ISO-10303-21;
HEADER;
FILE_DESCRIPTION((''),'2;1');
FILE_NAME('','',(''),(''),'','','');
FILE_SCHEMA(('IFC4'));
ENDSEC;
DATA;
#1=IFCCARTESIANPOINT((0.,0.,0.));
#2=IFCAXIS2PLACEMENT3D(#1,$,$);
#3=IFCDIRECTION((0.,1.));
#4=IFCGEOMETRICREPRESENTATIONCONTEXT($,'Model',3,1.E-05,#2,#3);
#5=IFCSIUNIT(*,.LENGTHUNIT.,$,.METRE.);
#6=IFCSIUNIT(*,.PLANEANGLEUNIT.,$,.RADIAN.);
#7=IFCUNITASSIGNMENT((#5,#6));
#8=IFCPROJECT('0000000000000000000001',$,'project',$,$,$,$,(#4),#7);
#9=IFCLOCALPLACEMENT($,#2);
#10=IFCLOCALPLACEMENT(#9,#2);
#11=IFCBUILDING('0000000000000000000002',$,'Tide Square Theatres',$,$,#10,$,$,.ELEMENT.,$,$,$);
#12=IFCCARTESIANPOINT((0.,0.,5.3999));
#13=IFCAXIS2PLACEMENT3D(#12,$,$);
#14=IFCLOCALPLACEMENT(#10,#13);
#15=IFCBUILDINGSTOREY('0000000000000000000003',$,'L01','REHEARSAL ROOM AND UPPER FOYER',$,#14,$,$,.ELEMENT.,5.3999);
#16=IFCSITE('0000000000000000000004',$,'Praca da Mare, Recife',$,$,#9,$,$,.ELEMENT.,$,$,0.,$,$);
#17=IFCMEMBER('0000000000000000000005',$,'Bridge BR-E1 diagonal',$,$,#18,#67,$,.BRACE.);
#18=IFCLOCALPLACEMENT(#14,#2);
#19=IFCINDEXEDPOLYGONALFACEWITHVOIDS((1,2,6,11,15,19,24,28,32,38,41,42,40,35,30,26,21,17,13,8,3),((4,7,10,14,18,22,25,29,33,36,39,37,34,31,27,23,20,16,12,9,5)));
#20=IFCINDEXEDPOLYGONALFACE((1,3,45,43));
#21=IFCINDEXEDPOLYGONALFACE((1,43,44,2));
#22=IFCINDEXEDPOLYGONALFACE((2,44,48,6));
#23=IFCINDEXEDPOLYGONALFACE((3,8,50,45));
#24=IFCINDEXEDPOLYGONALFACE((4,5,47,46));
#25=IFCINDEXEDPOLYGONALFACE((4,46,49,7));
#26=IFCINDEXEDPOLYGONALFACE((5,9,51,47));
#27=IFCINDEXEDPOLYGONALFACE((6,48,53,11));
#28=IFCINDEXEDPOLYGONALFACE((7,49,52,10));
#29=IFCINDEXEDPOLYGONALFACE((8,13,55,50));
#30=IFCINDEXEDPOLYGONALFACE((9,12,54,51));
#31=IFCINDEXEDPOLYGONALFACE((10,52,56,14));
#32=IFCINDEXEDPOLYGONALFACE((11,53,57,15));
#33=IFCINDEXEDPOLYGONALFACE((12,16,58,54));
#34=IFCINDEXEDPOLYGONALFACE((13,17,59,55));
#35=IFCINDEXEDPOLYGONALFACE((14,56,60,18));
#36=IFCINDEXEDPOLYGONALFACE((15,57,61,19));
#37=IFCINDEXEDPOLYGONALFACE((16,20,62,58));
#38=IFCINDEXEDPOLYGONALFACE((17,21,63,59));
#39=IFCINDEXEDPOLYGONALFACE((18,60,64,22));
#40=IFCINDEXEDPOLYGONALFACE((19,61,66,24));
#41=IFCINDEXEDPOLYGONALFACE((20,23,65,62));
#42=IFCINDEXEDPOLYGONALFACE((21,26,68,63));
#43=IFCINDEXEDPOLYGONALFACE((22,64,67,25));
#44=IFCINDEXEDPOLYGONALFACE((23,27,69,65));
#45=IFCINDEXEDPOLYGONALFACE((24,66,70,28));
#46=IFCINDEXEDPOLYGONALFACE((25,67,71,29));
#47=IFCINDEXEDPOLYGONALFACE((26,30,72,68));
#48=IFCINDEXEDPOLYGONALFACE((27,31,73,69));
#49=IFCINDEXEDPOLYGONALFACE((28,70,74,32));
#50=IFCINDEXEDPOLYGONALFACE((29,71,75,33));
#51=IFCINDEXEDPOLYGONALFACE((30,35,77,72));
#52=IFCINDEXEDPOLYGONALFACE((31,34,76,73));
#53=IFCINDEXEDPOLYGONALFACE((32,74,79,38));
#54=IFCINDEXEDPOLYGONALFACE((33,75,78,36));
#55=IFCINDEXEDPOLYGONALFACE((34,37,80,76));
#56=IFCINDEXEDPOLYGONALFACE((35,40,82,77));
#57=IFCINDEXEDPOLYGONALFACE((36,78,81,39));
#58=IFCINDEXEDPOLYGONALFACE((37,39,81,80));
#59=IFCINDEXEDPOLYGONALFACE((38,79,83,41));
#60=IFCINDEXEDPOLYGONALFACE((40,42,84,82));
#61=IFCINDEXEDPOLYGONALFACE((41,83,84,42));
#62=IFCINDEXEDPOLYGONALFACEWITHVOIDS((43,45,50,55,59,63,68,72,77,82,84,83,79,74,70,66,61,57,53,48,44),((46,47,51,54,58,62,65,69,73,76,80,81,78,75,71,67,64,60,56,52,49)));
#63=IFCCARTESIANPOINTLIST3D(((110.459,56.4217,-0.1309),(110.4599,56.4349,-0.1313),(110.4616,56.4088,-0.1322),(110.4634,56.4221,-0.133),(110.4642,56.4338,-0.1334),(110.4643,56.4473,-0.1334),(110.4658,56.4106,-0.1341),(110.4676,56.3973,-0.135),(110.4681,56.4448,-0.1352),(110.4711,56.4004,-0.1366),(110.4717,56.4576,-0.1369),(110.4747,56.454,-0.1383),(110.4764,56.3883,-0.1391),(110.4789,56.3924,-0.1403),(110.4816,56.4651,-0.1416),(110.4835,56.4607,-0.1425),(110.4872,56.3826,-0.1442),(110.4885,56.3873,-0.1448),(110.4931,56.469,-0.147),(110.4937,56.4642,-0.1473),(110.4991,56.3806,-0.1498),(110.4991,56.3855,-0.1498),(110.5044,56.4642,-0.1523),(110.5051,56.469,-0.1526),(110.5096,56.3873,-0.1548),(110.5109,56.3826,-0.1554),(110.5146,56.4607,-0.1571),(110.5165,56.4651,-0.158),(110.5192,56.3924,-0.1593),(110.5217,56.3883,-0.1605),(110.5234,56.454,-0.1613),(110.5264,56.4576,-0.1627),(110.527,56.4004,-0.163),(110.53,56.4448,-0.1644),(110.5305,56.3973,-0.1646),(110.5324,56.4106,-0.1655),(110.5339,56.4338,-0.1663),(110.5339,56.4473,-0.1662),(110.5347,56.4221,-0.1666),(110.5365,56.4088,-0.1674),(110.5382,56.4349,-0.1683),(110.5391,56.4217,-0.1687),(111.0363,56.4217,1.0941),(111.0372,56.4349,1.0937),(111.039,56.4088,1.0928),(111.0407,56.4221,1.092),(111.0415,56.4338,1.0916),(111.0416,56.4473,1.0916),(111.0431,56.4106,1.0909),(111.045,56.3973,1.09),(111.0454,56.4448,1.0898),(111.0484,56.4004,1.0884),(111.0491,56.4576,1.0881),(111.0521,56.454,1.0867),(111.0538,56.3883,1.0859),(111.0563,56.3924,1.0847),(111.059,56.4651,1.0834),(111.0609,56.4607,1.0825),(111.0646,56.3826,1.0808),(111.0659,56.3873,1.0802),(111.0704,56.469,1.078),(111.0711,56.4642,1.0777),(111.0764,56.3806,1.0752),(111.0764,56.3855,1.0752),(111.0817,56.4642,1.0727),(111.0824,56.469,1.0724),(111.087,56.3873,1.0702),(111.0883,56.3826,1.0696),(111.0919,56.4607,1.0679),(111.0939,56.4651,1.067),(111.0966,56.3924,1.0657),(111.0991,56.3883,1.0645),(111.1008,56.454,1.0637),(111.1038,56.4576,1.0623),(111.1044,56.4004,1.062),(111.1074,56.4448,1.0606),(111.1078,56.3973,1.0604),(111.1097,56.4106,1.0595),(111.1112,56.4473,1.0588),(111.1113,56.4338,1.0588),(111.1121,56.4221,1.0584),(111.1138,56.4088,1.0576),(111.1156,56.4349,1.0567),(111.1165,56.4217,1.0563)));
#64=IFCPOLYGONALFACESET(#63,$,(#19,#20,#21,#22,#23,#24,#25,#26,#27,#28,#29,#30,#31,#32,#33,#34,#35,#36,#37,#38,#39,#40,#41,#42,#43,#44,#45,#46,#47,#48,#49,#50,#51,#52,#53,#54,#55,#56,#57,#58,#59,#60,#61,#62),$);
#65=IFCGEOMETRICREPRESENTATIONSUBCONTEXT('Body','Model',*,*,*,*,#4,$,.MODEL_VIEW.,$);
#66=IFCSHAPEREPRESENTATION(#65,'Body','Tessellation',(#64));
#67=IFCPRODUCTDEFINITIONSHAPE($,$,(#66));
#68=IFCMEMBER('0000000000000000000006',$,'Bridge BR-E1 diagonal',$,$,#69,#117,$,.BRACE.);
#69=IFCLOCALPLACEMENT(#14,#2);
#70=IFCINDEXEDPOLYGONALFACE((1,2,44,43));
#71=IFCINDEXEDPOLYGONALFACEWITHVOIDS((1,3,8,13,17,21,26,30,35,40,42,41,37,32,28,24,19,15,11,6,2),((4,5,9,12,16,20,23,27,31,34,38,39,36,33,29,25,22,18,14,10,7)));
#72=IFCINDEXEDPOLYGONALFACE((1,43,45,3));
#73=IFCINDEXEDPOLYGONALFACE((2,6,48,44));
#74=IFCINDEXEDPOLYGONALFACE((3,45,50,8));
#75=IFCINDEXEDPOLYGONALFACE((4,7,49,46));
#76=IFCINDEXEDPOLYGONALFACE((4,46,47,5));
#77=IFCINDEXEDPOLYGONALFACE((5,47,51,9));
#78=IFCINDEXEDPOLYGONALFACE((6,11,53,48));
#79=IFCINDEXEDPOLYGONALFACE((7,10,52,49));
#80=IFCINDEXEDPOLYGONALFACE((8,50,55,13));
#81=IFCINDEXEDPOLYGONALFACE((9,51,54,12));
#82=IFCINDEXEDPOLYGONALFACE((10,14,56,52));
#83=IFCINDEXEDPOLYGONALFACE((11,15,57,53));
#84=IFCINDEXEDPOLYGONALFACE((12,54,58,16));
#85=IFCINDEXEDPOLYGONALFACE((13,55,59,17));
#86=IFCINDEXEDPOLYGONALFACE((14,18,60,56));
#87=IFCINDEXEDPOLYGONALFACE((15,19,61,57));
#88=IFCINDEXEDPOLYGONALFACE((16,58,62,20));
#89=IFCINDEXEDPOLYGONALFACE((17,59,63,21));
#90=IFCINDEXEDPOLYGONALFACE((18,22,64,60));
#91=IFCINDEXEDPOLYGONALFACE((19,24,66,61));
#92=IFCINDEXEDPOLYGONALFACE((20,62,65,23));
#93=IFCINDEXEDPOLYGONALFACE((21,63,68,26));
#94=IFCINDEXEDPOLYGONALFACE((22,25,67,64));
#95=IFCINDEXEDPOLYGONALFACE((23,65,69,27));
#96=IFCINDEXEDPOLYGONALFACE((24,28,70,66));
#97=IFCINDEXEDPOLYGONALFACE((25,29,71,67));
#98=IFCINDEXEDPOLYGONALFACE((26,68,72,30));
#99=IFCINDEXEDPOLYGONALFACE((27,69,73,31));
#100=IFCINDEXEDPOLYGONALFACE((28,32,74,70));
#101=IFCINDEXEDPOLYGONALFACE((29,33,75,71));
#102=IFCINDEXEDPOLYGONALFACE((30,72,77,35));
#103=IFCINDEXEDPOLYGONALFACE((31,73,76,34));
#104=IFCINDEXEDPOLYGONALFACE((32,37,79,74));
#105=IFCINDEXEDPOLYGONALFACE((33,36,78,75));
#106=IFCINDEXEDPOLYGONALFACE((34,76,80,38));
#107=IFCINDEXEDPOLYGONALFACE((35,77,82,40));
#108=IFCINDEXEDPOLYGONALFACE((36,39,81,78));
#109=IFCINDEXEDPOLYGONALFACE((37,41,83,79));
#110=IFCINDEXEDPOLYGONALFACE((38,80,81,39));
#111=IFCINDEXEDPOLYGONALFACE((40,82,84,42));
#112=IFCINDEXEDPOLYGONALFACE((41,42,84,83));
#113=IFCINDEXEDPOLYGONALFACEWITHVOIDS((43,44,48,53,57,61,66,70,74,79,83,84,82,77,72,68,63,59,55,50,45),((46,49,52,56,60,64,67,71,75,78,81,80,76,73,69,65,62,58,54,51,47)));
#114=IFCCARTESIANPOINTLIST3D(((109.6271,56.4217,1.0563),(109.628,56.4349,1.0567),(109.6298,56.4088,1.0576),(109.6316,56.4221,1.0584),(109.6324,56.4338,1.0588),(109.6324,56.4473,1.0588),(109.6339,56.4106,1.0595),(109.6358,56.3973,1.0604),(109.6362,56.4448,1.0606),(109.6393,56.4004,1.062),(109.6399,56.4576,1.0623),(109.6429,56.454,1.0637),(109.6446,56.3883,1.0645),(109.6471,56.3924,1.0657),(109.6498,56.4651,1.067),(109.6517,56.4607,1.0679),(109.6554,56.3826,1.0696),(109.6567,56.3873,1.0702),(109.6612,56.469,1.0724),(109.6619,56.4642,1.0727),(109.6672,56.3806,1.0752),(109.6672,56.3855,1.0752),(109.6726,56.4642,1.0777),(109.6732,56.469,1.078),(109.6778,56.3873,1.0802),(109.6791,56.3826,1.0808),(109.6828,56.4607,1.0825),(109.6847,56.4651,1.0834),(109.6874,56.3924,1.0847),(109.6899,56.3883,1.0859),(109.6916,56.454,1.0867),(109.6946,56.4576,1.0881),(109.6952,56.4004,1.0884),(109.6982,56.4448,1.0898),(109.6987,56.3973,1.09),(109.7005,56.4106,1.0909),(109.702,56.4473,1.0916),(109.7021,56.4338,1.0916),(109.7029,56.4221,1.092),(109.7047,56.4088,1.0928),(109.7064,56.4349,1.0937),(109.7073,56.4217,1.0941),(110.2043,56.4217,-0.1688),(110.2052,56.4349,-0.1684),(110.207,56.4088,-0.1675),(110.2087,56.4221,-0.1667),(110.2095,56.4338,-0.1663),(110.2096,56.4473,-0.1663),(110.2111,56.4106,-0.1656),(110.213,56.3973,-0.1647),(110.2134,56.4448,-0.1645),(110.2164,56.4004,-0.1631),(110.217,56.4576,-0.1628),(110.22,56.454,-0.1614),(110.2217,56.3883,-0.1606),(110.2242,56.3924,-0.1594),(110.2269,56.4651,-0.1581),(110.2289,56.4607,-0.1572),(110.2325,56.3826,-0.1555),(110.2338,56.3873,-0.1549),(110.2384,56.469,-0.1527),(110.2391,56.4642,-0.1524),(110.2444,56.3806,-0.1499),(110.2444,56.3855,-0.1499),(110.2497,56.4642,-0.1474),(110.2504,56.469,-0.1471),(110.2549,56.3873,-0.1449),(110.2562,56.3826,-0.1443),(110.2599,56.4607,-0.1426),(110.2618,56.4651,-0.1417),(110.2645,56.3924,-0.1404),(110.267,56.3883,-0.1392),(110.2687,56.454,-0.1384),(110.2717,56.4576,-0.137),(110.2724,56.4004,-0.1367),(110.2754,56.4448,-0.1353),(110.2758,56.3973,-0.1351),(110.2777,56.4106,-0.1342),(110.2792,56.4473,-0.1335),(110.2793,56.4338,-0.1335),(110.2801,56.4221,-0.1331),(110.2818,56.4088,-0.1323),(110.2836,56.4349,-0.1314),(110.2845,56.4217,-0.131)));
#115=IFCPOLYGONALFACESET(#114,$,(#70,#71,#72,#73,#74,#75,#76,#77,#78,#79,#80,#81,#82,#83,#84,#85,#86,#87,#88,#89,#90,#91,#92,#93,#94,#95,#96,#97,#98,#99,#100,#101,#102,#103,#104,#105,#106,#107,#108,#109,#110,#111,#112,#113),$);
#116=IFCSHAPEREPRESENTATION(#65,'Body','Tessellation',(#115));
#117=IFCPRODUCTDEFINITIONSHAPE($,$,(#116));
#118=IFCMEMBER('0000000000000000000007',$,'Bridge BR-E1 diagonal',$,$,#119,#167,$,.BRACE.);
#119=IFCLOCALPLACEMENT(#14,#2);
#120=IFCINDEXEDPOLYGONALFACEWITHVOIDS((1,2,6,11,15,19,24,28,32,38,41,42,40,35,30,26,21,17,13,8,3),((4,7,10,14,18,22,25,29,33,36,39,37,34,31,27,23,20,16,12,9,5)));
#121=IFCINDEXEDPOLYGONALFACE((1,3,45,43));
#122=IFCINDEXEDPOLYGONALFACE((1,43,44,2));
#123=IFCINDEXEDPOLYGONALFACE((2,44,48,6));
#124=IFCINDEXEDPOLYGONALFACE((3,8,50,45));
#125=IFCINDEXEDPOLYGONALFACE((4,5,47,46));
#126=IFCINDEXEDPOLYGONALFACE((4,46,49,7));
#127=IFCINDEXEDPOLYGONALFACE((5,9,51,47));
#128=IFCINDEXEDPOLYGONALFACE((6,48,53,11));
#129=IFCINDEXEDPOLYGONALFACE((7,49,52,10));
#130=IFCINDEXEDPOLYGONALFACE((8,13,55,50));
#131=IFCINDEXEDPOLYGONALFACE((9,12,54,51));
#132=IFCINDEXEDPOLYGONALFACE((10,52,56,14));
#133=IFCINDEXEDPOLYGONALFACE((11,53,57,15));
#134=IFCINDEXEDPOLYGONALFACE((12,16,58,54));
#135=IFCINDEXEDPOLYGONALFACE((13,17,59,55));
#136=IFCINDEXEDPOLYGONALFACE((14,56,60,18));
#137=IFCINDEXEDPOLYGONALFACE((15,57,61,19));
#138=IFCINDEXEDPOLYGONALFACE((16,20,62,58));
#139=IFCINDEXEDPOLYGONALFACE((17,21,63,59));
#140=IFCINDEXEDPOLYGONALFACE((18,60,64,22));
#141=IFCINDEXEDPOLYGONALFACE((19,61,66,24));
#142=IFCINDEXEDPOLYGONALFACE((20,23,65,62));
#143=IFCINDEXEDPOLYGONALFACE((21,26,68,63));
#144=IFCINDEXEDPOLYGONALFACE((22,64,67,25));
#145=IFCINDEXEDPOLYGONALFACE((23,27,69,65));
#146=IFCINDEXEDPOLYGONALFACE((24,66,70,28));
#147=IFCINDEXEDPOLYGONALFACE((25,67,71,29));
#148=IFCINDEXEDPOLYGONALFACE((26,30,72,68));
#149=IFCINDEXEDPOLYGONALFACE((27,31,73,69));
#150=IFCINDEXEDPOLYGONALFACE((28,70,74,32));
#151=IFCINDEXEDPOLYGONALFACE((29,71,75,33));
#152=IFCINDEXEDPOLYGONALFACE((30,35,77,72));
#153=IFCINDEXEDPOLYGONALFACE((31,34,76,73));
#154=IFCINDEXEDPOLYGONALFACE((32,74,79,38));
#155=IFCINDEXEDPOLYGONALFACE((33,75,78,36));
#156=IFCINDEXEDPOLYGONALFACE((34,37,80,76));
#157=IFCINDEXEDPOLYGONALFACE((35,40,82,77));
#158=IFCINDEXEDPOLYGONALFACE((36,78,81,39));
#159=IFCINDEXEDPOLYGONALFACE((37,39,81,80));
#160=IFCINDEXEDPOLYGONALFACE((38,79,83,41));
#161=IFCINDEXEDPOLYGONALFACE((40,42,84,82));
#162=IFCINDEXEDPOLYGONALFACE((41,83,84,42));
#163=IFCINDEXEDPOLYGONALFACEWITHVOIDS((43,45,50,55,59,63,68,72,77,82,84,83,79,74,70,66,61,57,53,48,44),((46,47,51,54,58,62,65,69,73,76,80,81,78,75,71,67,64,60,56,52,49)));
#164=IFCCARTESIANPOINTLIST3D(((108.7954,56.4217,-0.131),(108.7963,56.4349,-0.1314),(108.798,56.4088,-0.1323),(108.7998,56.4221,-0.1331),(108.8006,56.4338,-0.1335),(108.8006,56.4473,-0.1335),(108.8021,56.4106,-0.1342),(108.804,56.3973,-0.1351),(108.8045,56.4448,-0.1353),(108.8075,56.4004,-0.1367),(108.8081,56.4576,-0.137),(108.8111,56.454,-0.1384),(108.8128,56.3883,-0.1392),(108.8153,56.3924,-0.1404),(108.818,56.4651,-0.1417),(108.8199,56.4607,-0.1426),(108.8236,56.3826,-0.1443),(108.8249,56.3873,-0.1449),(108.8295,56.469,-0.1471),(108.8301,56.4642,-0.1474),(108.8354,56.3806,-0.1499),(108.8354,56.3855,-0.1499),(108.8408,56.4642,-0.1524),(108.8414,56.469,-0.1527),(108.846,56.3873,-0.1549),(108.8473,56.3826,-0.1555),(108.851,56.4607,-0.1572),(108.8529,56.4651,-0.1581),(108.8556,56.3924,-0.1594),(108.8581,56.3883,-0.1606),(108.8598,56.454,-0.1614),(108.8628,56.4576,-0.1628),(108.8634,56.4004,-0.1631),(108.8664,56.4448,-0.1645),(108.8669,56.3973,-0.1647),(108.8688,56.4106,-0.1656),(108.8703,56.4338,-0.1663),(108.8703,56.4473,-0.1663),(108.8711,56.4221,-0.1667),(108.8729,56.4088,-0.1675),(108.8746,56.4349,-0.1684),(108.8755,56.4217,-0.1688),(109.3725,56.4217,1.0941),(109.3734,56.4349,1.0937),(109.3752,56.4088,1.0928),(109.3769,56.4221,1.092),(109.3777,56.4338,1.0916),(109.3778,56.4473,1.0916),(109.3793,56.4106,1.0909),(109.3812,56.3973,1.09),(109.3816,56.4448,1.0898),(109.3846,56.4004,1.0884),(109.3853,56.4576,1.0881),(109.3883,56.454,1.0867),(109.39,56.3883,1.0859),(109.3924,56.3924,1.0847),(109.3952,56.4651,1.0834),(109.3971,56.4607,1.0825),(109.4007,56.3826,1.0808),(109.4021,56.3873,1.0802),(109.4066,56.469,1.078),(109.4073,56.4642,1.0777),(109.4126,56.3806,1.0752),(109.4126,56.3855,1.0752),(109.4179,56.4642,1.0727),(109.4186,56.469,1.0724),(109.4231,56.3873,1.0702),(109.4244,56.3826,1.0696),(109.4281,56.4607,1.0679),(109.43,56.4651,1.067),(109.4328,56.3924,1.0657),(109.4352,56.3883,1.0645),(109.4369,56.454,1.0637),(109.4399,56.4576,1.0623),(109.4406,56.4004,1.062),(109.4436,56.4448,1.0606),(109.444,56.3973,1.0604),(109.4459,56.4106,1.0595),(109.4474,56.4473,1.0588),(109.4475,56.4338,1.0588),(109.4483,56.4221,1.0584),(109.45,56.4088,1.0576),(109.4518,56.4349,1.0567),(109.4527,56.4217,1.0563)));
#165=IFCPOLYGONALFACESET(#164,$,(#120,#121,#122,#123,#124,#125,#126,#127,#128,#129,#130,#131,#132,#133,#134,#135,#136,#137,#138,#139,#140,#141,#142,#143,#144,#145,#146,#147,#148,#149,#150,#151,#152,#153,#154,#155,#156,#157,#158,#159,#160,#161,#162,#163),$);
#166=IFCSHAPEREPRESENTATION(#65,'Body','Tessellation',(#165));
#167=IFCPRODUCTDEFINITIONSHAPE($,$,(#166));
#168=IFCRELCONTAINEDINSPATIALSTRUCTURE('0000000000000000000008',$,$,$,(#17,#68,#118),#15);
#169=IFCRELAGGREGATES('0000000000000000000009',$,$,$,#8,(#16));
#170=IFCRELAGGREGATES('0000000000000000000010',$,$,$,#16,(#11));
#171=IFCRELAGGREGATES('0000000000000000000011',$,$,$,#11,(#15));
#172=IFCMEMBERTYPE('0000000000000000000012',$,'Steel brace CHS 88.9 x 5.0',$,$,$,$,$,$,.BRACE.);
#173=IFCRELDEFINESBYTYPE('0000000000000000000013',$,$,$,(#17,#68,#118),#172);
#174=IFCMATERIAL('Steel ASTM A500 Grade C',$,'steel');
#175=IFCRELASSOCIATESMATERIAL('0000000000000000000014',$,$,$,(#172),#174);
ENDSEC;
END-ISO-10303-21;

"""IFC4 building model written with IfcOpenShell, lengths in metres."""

from ifc_helpers import new_model, si_unit, direction, frame, origin, origin_2d, place, context, subcontext, project, spatial, hollow_circle, extrude, material, material_profile, profile_set, type_object, element, save


model = new_model("IFC4")

# Units and contexts
model_context = context("Model", 3, precision=1e-05, world=origin(), true_north=direction((0.0, 1.0)))
body_context = subcontext(model_context, "Body", "Model", "MODEL_VIEW")
ifc_project = project(units=[si_unit("LENGTHUNIT", "METRE"), si_unit("PLANEANGLEUNIT", "RADIAN")], contexts=[model_context])

# Site, building, storey
site_placement = place(None, origin())
site = spatial("IfcSite", under=ifc_project, at=site_placement, Name="Praca da Mare, Recife", CompositionType="ELEMENT", RefElevation=0.0)
building_placement = place(site_placement, origin())
building = spatial("IfcBuilding", under=site, at=building_placement, Name="Tide Square Theatres", CompositionType="ELEMENT")
storey_placement = place(building_placement, frame((0.0, 0.0, 5.3999)))
storey = spatial("IfcBuildingStorey", under=building, at=storey_placement, Name="L01", Description="REHEARSAL ROOM AND UPPER FOYER", CompositionType="ELEMENT", Elevation=5.3999)

# Members
ifc_material_1 = material(Name="Steel ASTM A500 Grade C", Category="steel")
ifc_material_profile_1 = material_profile(ifc_material_1, hollow_circle(Radius=0.0444, WallThickness=0.0049, at=origin_2d()))
ifc_profile_set_1 = profile_set([ifc_material_profile_1], Name="Steel ASTM A500 Grade C")
member_type_1 = type_object("IfcMemberType", Name="Steel brace CHS 88.9 x 5.0", PredefinedType="BRACE", material=ifc_profile_set_1)
for number, where, z_axis, x_axis, name in (
    (1, (111.0764, 56.425, 1.0752), (-0.426327, 0.0, -0.904569), (0.0, -1.0, 0.0), "Bridge BR-E1 diagonal"),
    (2, (110.2444, 56.425, -0.1499), (-0.426179, 0.0, 0.904639), (0.0, -1.0, 0.0), "Bridge BR-E1 diagonal"),
    (3, (109.4126, 56.425, 1.0752), (-0.426179, 0.0, -0.904639), (0.0, -1.0, 0.0), "Bridge BR-E1 diagonal"),
):
    element("IfcMember", number, at=place(storey_placement, frame(where, z_axis=z_axis, x_axis=x_axis)), inside=storey, type_object=member_type_1, Name=name, PredefinedType="BRACE", context=body_context, shape_type="SweptSolid", body=[
        extrude(hollow_circle(Radius=0.0444, WallThickness=0.0049, at=origin_2d()), origin(), (0.0, 0.0, 1.0), 1.3542),
    ])

save(model, "model.ifc")
